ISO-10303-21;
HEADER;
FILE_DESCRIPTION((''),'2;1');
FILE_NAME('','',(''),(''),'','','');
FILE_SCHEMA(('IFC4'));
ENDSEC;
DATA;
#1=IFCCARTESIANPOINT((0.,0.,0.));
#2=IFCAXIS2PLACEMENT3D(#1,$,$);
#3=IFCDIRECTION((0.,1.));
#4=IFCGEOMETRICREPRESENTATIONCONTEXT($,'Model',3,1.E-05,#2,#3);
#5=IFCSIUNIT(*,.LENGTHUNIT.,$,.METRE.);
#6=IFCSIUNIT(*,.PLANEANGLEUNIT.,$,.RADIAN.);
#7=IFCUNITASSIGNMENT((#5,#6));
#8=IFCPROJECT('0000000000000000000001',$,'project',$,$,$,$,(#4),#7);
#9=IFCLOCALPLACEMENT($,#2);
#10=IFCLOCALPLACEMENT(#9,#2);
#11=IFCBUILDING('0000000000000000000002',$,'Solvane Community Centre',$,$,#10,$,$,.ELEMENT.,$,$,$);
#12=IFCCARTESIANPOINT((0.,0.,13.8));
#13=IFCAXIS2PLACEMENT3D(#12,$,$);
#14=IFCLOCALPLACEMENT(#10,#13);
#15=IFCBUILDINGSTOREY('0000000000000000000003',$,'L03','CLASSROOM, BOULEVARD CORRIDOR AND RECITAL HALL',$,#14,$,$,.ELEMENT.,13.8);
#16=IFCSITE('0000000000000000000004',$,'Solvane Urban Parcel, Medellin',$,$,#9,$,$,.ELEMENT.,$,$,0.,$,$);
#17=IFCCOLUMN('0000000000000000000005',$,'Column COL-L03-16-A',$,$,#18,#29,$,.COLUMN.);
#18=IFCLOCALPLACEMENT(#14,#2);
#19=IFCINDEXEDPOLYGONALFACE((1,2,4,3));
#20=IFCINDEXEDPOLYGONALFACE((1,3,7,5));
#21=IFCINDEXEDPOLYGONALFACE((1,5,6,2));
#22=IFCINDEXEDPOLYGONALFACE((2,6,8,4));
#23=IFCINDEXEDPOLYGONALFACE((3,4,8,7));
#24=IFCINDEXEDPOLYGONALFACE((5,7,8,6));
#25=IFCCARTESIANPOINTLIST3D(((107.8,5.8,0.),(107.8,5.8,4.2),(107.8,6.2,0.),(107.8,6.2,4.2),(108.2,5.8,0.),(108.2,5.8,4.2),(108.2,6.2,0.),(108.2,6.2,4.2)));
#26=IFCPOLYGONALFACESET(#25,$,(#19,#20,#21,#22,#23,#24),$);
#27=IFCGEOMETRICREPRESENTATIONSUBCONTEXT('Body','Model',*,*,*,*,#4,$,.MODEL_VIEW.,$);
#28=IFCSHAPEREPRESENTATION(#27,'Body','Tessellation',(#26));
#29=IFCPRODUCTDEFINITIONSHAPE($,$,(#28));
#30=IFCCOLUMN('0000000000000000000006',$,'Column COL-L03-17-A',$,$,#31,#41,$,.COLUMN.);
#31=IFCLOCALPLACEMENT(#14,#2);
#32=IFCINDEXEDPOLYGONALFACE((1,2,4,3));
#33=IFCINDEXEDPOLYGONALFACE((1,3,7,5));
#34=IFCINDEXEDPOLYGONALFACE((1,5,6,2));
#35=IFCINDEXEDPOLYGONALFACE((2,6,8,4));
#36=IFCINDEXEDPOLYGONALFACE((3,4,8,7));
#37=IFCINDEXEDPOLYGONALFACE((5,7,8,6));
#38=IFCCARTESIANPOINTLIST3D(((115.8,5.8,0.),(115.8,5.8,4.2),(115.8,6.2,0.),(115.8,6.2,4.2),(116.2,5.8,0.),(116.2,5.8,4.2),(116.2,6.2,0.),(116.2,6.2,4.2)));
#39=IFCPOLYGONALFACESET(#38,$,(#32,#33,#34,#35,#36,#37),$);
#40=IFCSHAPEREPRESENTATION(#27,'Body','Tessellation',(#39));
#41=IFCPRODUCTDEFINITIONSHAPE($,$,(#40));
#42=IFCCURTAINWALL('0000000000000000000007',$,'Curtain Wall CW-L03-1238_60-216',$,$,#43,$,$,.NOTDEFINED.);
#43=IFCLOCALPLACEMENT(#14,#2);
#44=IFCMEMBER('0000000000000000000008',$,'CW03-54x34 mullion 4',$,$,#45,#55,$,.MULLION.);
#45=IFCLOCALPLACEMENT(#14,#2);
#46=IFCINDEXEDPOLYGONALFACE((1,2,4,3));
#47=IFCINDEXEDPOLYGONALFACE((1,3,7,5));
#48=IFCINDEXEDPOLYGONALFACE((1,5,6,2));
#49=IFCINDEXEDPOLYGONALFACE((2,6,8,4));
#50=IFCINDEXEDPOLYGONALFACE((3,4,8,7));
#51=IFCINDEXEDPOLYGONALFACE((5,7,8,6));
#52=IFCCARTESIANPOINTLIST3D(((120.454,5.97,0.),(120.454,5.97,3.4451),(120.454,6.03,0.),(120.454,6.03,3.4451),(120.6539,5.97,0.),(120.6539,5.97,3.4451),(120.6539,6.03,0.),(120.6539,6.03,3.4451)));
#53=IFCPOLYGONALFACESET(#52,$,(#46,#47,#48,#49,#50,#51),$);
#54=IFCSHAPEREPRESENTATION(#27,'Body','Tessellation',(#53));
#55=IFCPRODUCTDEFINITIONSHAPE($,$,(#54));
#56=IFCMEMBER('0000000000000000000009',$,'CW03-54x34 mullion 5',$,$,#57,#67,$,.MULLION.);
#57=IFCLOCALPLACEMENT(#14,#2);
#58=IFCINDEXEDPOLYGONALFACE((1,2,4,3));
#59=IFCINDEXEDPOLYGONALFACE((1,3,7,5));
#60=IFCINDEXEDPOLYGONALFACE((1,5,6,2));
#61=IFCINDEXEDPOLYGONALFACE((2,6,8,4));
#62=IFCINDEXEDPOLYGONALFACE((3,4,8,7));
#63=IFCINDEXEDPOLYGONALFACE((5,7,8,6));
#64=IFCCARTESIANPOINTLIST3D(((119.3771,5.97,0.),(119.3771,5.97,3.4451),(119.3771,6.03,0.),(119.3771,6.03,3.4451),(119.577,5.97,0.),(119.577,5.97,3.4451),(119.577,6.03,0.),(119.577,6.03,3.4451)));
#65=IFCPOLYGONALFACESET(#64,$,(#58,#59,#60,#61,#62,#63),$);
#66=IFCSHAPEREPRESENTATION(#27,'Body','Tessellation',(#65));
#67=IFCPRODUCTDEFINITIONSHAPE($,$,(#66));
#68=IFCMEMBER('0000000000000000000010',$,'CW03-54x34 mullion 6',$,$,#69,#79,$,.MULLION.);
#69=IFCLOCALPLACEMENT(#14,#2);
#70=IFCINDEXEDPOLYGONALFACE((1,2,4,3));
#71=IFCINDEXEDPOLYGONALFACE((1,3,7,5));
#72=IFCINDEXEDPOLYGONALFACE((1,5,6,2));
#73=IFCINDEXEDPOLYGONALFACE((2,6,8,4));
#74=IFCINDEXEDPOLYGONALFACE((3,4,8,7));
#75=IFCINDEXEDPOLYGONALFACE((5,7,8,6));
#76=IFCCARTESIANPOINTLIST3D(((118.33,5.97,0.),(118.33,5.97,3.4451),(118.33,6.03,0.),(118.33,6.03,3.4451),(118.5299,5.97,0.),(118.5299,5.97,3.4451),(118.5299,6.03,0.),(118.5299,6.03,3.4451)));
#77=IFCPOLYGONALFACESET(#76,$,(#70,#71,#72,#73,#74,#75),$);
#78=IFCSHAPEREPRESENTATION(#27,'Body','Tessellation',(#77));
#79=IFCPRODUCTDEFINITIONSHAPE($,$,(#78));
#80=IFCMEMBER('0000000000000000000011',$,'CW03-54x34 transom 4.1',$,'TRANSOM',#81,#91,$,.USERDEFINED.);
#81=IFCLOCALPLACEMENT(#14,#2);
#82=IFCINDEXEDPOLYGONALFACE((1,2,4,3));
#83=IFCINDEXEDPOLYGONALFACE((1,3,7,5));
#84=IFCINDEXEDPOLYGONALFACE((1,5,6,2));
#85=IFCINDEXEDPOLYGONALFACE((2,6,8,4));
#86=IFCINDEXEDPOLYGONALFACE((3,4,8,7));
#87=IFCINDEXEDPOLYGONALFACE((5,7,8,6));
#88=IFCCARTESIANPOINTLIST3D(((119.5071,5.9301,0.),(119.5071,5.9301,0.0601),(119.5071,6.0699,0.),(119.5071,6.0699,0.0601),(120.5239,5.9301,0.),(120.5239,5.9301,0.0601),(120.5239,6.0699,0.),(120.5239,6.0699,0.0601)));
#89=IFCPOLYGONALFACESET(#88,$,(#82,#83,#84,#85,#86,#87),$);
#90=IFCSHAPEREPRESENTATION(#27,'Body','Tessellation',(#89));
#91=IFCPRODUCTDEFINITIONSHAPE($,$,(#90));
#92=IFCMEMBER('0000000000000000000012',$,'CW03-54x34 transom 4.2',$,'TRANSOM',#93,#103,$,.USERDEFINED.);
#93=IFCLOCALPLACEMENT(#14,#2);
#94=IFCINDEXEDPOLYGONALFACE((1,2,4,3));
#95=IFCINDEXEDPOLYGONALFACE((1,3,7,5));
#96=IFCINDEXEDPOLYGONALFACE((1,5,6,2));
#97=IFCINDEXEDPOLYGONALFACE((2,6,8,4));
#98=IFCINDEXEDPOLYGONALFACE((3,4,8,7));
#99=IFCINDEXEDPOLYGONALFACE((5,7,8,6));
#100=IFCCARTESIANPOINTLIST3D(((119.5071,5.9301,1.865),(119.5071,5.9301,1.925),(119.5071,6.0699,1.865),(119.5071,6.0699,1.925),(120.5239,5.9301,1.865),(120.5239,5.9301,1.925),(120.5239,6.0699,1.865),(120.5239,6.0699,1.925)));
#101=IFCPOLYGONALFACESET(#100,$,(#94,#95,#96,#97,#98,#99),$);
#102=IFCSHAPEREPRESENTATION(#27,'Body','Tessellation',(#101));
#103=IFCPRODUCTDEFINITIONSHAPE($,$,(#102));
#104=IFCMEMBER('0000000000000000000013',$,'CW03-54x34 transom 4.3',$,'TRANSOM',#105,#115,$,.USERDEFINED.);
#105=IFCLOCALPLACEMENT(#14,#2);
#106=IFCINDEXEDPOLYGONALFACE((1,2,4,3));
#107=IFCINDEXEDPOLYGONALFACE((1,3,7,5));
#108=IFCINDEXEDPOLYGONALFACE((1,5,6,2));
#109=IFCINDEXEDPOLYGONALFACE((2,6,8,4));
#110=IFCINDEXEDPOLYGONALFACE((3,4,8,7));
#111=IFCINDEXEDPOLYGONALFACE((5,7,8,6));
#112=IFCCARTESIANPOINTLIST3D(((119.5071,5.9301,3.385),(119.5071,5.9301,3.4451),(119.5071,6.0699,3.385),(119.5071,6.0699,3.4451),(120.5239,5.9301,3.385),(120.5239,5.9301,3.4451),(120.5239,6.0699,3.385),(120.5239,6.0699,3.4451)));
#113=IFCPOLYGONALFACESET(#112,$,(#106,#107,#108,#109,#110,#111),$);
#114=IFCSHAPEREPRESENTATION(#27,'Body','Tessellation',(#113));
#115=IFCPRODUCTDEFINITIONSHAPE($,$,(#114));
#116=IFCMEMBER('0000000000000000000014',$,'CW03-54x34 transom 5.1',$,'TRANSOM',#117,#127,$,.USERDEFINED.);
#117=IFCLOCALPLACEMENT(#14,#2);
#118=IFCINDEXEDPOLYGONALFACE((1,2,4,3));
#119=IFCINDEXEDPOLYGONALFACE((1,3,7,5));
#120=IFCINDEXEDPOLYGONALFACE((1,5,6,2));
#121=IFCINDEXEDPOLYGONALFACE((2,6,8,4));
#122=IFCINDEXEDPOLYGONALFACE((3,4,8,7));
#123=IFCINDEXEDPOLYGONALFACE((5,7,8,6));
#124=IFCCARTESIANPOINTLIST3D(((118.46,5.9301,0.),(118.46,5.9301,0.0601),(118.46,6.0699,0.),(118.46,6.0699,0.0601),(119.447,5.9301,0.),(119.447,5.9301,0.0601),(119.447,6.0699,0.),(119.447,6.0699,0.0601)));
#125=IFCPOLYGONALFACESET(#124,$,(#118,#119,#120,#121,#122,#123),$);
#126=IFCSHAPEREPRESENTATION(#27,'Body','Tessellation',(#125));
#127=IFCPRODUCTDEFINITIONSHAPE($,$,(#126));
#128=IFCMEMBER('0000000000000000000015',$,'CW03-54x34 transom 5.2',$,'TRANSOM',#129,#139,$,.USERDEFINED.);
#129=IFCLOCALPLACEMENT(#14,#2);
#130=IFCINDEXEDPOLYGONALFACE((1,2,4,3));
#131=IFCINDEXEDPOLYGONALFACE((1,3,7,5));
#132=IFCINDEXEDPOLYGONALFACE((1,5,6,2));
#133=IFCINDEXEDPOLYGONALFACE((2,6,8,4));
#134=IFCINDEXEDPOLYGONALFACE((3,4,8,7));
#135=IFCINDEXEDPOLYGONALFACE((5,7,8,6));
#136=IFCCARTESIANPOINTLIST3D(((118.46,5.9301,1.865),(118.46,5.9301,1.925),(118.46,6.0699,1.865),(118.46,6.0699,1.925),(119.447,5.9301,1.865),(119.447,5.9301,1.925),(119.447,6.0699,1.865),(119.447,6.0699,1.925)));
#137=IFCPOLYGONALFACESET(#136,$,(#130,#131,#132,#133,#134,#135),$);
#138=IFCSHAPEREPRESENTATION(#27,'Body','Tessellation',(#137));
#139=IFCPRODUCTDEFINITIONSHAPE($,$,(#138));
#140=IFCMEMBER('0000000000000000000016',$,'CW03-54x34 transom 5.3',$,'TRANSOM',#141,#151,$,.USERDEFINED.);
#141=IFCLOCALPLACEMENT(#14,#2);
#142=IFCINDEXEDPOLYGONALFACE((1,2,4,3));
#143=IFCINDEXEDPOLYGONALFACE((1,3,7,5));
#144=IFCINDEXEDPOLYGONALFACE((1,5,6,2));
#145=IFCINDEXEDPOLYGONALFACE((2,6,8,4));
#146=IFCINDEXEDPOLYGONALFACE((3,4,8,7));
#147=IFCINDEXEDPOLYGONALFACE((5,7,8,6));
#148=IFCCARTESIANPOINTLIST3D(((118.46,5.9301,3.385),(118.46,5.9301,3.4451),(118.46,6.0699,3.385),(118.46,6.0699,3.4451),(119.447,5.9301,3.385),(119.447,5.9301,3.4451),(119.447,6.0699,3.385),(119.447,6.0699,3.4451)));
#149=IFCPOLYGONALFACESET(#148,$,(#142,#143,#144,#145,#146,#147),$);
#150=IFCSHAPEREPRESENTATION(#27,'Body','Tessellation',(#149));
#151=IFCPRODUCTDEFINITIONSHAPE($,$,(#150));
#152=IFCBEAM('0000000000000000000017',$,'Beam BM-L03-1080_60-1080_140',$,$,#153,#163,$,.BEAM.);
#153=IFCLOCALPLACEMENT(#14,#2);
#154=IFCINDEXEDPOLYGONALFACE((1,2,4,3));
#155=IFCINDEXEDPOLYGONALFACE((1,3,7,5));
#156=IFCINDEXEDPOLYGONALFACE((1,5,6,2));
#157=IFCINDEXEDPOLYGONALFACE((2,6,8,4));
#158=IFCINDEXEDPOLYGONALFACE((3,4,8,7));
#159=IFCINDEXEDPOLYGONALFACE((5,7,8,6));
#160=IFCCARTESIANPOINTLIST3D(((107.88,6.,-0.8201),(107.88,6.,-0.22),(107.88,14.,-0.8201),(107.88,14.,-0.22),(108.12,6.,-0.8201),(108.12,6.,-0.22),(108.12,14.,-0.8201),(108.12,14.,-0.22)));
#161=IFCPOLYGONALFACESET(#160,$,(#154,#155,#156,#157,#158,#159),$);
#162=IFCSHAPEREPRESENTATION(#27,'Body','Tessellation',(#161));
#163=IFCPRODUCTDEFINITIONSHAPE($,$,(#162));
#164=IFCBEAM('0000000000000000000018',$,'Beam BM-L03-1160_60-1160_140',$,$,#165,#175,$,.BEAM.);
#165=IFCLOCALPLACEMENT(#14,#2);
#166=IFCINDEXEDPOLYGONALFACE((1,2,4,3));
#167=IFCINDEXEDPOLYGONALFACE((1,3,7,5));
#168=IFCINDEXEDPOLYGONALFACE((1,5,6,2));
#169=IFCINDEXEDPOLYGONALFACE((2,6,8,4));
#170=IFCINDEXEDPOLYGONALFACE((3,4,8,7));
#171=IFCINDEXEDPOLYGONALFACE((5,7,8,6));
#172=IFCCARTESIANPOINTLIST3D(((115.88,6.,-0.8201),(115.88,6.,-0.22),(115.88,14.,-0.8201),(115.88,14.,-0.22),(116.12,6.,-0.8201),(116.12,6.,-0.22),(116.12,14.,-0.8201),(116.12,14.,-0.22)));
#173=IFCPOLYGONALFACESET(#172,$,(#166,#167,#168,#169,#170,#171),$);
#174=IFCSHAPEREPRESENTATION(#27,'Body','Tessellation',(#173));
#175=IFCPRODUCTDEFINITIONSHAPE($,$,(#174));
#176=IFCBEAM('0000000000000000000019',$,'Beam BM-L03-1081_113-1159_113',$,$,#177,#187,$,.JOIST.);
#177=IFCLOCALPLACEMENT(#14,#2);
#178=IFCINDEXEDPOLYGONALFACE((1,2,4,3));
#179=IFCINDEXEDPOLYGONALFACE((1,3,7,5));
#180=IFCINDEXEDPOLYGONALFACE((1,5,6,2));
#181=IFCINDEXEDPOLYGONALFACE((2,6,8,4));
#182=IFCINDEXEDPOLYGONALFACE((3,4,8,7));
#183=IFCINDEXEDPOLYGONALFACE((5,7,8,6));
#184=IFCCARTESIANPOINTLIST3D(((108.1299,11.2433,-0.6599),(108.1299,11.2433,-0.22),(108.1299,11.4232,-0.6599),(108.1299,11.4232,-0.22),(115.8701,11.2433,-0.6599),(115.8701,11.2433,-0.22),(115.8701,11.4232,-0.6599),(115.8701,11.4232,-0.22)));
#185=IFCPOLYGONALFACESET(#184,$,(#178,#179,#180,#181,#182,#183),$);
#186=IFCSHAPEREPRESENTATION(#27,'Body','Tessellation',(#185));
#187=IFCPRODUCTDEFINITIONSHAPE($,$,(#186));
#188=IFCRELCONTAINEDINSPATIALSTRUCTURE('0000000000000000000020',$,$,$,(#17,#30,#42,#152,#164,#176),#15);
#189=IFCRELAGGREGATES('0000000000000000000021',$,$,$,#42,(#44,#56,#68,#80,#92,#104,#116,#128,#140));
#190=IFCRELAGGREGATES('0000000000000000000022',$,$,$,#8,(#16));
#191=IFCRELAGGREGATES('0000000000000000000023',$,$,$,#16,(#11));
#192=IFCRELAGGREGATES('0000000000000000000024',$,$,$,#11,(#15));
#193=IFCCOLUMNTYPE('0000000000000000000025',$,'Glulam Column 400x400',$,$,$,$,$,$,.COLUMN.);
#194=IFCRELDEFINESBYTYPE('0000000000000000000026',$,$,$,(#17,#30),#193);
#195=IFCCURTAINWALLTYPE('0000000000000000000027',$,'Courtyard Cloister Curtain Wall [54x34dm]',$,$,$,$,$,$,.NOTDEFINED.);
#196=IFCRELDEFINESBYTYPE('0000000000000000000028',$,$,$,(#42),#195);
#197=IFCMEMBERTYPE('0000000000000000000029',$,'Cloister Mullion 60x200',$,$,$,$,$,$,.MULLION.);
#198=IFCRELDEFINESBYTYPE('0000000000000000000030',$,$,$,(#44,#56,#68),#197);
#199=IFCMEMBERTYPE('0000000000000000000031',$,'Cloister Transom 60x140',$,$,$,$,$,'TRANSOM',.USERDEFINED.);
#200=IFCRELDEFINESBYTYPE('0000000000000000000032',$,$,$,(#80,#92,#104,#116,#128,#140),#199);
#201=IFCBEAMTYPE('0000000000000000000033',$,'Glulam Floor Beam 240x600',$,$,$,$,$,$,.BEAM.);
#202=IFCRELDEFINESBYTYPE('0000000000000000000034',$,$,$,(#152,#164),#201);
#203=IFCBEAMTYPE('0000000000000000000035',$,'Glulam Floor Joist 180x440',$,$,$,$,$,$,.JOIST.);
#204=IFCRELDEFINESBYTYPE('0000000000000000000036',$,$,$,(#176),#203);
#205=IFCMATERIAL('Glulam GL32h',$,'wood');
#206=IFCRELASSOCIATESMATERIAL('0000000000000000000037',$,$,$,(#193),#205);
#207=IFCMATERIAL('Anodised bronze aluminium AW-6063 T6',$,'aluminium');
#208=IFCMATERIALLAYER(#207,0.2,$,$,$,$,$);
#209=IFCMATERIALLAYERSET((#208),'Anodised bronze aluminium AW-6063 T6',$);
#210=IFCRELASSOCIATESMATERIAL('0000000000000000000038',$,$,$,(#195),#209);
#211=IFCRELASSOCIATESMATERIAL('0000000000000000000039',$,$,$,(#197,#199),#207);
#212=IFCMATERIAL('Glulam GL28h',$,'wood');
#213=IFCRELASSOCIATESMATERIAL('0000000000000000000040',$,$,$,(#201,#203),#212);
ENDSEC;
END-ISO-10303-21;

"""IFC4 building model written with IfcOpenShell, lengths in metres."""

from ifc_helpers import new_model, si_unit, direction, frame, origin, origin_2d, place, context, subcontext, project, spatial, rectangle, extrude, material, layer, layer_set, material_profile, profile_set, type_object, element, aggregate, save


model = new_model("IFC4")

# Units and contexts
model_context = context("Model", 3, precision=1e-05, world=origin(), true_north=direction((0.0, 1.0)))
body_context = subcontext(model_context, "Body", "Model", "MODEL_VIEW")
ifc_project = project(units=[si_unit("LENGTHUNIT", "METRE"), si_unit("PLANEANGLEUNIT", "RADIAN")], contexts=[model_context])

# Site, building, storey
site_placement = place(None, origin())
site = spatial("IfcSite", under=ifc_project, at=site_placement, Name="Solvane Urban Parcel, Medellin", CompositionType="ELEMENT", RefElevation=0.0)
building_placement = place(site_placement, origin())
building = spatial("IfcBuilding", under=site, at=building_placement, Name="Solvane Community Centre", CompositionType="ELEMENT")
storey_placement = place(building_placement, frame((0.0, 0.0, 13.8)))
storey = spatial("IfcBuildingStorey", under=building, at=storey_placement, Name="L03", Description="CLASSROOM, BOULEVARD CORRIDOR AND RECITAL HALL", CompositionType="ELEMENT", Elevation=13.8)

# Columns
ifc_material_1 = material(Name="Glulam GL32h", Category="wood")
ifc_material_profile_1 = material_profile(ifc_material_1, rectangle(XDim=0.3999, YDim=0.3999, at=origin_2d()), Name="GL32h 400x400")
ifc_profile_set_1 = profile_set([ifc_material_profile_1], Name="Glulam GL32h")
column_type = type_object("IfcColumnType", Name="Glulam Column 400x400", PredefinedType="COLUMN", material=ifc_profile_set_1)
for number, where, z_axis, x_axis, name in (
    (1, (108.0, 6.0, 0.0), (0.0, 0.0, 1.0), (1.0, 0.0, 0.0), "Column COL-L03-16-A"),
    (2, (116.0, 6.0, 0.0), (0.0, 0.0, 1.0), (1.0, 0.0, 0.0), "Column COL-L03-17-A"),
):
    element("IfcColumn", number, at=place(storey_placement, frame(where, z_axis=z_axis, x_axis=x_axis)), inside=storey, type_object=column_type, Name=name, PredefinedType="COLUMN", context=body_context, shape_type="SweptSolid", body=[
        extrude(rectangle(XDim=0.3999, YDim=0.3999, at=origin_2d()), origin(), (0.0, 0.0, 1.0), 4.2),
    ])

# Curtain wall, members
ifc_material_2 = material(Name="Anodised bronze aluminium AW-6063 T6", Category="aluminium")
ifc_layer_1 = layer(ifc_material_2, 0.2)
ifc_layer_set_1 = layer_set([ifc_layer_1], Name="Anodised bronze aluminium AW-6063 T6")
curtain_wall_type = type_object("IfcCurtainWallType", Name="Courtyard Cloister Curtain Wall [54x34dm]", PredefinedType="NOTDEFINED", material=ifc_layer_set_1)
curtain_wall_placement = place(storey_placement, origin())
curtain_wall = element("IfcCurtainWall", 3, at=curtain_wall_placement, inside=storey, type_object=curtain_wall_type, Name="Curtain Wall CW-L03-1238_60-216", PredefinedType="NOTDEFINED")
ifc_material_profile_2 = material_profile(ifc_material_2, rectangle(XDim=0.0601, YDim=0.2, at=origin_2d()), Name="CW-M 60x200")
ifc_profile_set_2 = profile_set([ifc_material_profile_2], Name="Anodised bronze aluminium AW-6063 T6")
member_type_1 = type_object("IfcMemberType", Name="Cloister Mullion 60x200", PredefinedType="MULLION", material=ifc_profile_set_2)
member_1_placement = place(storey_placement, frame((120.554, 6.0, 0.0), z_axis=(0.0, 0.0, 1.0), x_axis=(0.0, -1.0, 0.0)))
member_1 = element("IfcMember", 4, at=member_1_placement, type_object=member_type_1, Name="CW03-54x34 mullion 4", PredefinedType="MULLION", context=body_context, shape_type="SweptSolid", body=[
    extrude(rectangle(XDim=0.0601, YDim=0.2, at=origin_2d()), origin(), (0.0, 0.0, 1.0), 3.4451),
])
member_2_placement = place(storey_placement, frame((119.4771, 6.0, 0.0), z_axis=(0.0, 0.0, 1.0), x_axis=(0.0, -1.0, 0.0)))
member_2 = element("IfcMember", 5, at=member_2_placement, type_object=member_type_1, Name="CW03-54x34 mullion 5", PredefinedType="MULLION", context=body_context, shape_type="SweptSolid", body=[
    extrude(rectangle(XDim=0.0601, YDim=0.2, at=origin_2d()), origin(), (0.0, 0.0, 1.0), 3.4451),
])
member_3_placement = place(storey_placement, frame((118.4299, 6.0, 0.0), z_axis=(0.0, 0.0, 1.0), x_axis=(0.0, -1.0, 0.0)))
member_3 = element("IfcMember", 6, at=member_3_placement, type_object=member_type_1, Name="CW03-54x34 mullion 6", PredefinedType="MULLION", context=body_context, shape_type="SweptSolid", body=[
    extrude(rectangle(XDim=0.0601, YDim=0.2, at=origin_2d()), origin(), (0.0, 0.0, 1.0), 3.4451),
])
ifc_material_profile_3 = material_profile(ifc_material_2, rectangle(XDim=0.1399, YDim=0.0601, at=origin_2d()), Name="CW-T 60x140")
ifc_profile_set_3 = profile_set([ifc_material_profile_3], Name="Anodised bronze aluminium AW-6063 T6")
member_type_2 = type_object("IfcMemberType", Name="Cloister Transom 60x140", ElementType="TRANSOM", PredefinedType="USERDEFINED", material=ifc_profile_set_3)
member_4_placement = place(storey_placement, frame((120.5239, 6.0, 0.03), z_axis=(-1.0, 0.0, 0.0), x_axis=(0.0, -1.0, 0.0)))
member_4 = element("IfcMember", 7, at=member_4_placement, type_object=member_type_2, Name="CW03-54x34 transom 4.1", ObjectType="TRANSOM", PredefinedType="USERDEFINED", context=body_context, shape_type="SweptSolid", body=[
    extrude(rectangle(XDim=0.1399, YDim=0.0601, at=origin_2d()), origin(), (0.0, 0.0, 1.0), 1.0168),
])
member_5_placement = place(storey_placement, frame((120.5239, 6.0, 1.895), z_axis=(-1.0, 0.0, 0.0), x_axis=(0.0, -1.0, 0.0)))
member_5 = element("IfcMember", 8, at=member_5_placement, type_object=member_type_2, Name="CW03-54x34 transom 4.2", ObjectType="TRANSOM", PredefinedType="USERDEFINED", context=body_context, shape_type="SweptSolid", body=[
    extrude(rectangle(XDim=0.1399, YDim=0.0601, at=origin_2d()), origin(), (0.0, 0.0, 1.0), 1.0168),
])
member_6_placement = place(storey_placement, frame((120.5239, 6.0, 3.415), z_axis=(-1.0, 0.0, 0.0), x_axis=(0.0, -1.0, 0.0)))
member_6 = element("IfcMember", 9, at=member_6_placement, type_object=member_type_2, Name="CW03-54x34 transom 4.3", ObjectType="TRANSOM", PredefinedType="USERDEFINED", context=body_context, shape_type="SweptSolid", body=[
    extrude(rectangle(XDim=0.1399, YDim=0.0601, at=origin_2d()), origin(), (0.0, 0.0, 1.0), 1.0168),
])
member_7_placement = place(storey_placement, frame((119.447, 6.0, 0.03), z_axis=(-1.0, 0.0, 0.0), x_axis=(0.0, -1.0, 0.0)))
member_7 = element("IfcMember", 10, at=member_7_placement, type_object=member_type_2, Name="CW03-54x34 transom 5.1", ObjectType="TRANSOM", PredefinedType="USERDEFINED", context=body_context, shape_type="SweptSolid", body=[
    extrude(rectangle(XDim=0.1399, YDim=0.0601, at=origin_2d()), origin(), (0.0, 0.0, 1.0), 0.9871),
])
member_8_placement = place(storey_placement, frame((119.447, 6.0, 1.895), z_axis=(-1.0, 0.0, 0.0), x_axis=(0.0, -1.0, 0.0)))
member_8 = element("IfcMember", 11, at=member_8_placement, type_object=member_type_2, Name="CW03-54x34 transom 5.2", ObjectType="TRANSOM", PredefinedType="USERDEFINED", context=body_context, shape_type="SweptSolid", body=[
    extrude(rectangle(XDim=0.1399, YDim=0.0601, at=origin_2d()), origin(), (0.0, 0.0, 1.0), 0.9871),
])
member_9_placement = place(storey_placement, frame((119.447, 6.0, 3.415), z_axis=(-1.0, 0.0, 0.0), x_axis=(0.0, -1.0, 0.0)))
member_9 = element("IfcMember", 12, at=member_9_placement, type_object=member_type_2, Name="CW03-54x34 transom 5.3", ObjectType="TRANSOM", PredefinedType="USERDEFINED", context=body_context, shape_type="SweptSolid", body=[
    extrude(rectangle(XDim=0.1399, YDim=0.0601, at=origin_2d()), origin(), (0.0, 0.0, 1.0), 0.9871),
])

# Beams
ifc_material_3 = material(Name="Glulam GL28h", Category="wood")
ifc_material_profile_4 = material_profile(ifc_material_3, rectangle(XDim=0.24, YDim=0.6001, at=origin_2d()), Name="GL28h 240x600")
ifc_profile_set_4 = profile_set([ifc_material_profile_4], Name="Glulam GL28h")
beam_type_1 = type_object("IfcBeamType", Name="Glulam Floor Beam 240x600", PredefinedType="BEAM", material=ifc_profile_set_4)
for number, where, z_axis, x_axis, name in (
    (13, (108.0, 6.0, -0.52), (0.0, 1.0, 0.0), (-1.0, 0.0, 0.0), "Beam BM-L03-1080_60-1080_140"),
    (14, (116.0, 6.0, -0.52), (0.0, 1.0, 0.0), (-1.0, 0.0, 0.0), "Beam BM-L03-1160_60-1160_140"),
):
    element("IfcBeam", number, at=place(storey_placement, frame(where, z_axis=z_axis, x_axis=x_axis)), inside=storey, type_object=beam_type_1, Name=name, PredefinedType="BEAM", context=body_context, shape_type="SweptSolid", body=[
        extrude(rectangle(XDim=0.24, YDim=0.6001, at=origin_2d()), origin(), (0.0, 0.0, 1.0), 8.0),
    ])
ifc_material_profile_5 = material_profile(ifc_material_3, rectangle(XDim=0.1799, YDim=0.4399, at=origin_2d()), Name="GL28h 180x440")
ifc_profile_set_5 = profile_set([ifc_material_profile_5], Name="Glulam GL28h")
beam_type_2 = type_object("IfcBeamType", Name="Glulam Floor Joist 180x440", PredefinedType="JOIST", material=ifc_profile_set_5)
for number, where, z_axis, x_axis, name in (
    (15, (108.1299, 11.3333, -0.4399), (1.0, 0.0, 0.0), (0.0, 1.0, 0.0), "Beam BM-L03-1081_113-1159_113"),
):
    element("IfcBeam", number, at=place(storey_placement, frame(where, z_axis=z_axis, x_axis=x_axis)), inside=storey, type_object=beam_type_2, Name=name, PredefinedType="JOIST", context=body_context, shape_type="SweptSolid", body=[
        extrude(rectangle(XDim=0.1799, YDim=0.4399, at=origin_2d()), origin(), (0.0, 0.0, 1.0), 7.7402),
    ])

aggregate(curtain_wall, [member_1, member_2, member_3, member_4, member_5, member_6, member_7, member_8, member_9])

save(model, "model.ifc")
